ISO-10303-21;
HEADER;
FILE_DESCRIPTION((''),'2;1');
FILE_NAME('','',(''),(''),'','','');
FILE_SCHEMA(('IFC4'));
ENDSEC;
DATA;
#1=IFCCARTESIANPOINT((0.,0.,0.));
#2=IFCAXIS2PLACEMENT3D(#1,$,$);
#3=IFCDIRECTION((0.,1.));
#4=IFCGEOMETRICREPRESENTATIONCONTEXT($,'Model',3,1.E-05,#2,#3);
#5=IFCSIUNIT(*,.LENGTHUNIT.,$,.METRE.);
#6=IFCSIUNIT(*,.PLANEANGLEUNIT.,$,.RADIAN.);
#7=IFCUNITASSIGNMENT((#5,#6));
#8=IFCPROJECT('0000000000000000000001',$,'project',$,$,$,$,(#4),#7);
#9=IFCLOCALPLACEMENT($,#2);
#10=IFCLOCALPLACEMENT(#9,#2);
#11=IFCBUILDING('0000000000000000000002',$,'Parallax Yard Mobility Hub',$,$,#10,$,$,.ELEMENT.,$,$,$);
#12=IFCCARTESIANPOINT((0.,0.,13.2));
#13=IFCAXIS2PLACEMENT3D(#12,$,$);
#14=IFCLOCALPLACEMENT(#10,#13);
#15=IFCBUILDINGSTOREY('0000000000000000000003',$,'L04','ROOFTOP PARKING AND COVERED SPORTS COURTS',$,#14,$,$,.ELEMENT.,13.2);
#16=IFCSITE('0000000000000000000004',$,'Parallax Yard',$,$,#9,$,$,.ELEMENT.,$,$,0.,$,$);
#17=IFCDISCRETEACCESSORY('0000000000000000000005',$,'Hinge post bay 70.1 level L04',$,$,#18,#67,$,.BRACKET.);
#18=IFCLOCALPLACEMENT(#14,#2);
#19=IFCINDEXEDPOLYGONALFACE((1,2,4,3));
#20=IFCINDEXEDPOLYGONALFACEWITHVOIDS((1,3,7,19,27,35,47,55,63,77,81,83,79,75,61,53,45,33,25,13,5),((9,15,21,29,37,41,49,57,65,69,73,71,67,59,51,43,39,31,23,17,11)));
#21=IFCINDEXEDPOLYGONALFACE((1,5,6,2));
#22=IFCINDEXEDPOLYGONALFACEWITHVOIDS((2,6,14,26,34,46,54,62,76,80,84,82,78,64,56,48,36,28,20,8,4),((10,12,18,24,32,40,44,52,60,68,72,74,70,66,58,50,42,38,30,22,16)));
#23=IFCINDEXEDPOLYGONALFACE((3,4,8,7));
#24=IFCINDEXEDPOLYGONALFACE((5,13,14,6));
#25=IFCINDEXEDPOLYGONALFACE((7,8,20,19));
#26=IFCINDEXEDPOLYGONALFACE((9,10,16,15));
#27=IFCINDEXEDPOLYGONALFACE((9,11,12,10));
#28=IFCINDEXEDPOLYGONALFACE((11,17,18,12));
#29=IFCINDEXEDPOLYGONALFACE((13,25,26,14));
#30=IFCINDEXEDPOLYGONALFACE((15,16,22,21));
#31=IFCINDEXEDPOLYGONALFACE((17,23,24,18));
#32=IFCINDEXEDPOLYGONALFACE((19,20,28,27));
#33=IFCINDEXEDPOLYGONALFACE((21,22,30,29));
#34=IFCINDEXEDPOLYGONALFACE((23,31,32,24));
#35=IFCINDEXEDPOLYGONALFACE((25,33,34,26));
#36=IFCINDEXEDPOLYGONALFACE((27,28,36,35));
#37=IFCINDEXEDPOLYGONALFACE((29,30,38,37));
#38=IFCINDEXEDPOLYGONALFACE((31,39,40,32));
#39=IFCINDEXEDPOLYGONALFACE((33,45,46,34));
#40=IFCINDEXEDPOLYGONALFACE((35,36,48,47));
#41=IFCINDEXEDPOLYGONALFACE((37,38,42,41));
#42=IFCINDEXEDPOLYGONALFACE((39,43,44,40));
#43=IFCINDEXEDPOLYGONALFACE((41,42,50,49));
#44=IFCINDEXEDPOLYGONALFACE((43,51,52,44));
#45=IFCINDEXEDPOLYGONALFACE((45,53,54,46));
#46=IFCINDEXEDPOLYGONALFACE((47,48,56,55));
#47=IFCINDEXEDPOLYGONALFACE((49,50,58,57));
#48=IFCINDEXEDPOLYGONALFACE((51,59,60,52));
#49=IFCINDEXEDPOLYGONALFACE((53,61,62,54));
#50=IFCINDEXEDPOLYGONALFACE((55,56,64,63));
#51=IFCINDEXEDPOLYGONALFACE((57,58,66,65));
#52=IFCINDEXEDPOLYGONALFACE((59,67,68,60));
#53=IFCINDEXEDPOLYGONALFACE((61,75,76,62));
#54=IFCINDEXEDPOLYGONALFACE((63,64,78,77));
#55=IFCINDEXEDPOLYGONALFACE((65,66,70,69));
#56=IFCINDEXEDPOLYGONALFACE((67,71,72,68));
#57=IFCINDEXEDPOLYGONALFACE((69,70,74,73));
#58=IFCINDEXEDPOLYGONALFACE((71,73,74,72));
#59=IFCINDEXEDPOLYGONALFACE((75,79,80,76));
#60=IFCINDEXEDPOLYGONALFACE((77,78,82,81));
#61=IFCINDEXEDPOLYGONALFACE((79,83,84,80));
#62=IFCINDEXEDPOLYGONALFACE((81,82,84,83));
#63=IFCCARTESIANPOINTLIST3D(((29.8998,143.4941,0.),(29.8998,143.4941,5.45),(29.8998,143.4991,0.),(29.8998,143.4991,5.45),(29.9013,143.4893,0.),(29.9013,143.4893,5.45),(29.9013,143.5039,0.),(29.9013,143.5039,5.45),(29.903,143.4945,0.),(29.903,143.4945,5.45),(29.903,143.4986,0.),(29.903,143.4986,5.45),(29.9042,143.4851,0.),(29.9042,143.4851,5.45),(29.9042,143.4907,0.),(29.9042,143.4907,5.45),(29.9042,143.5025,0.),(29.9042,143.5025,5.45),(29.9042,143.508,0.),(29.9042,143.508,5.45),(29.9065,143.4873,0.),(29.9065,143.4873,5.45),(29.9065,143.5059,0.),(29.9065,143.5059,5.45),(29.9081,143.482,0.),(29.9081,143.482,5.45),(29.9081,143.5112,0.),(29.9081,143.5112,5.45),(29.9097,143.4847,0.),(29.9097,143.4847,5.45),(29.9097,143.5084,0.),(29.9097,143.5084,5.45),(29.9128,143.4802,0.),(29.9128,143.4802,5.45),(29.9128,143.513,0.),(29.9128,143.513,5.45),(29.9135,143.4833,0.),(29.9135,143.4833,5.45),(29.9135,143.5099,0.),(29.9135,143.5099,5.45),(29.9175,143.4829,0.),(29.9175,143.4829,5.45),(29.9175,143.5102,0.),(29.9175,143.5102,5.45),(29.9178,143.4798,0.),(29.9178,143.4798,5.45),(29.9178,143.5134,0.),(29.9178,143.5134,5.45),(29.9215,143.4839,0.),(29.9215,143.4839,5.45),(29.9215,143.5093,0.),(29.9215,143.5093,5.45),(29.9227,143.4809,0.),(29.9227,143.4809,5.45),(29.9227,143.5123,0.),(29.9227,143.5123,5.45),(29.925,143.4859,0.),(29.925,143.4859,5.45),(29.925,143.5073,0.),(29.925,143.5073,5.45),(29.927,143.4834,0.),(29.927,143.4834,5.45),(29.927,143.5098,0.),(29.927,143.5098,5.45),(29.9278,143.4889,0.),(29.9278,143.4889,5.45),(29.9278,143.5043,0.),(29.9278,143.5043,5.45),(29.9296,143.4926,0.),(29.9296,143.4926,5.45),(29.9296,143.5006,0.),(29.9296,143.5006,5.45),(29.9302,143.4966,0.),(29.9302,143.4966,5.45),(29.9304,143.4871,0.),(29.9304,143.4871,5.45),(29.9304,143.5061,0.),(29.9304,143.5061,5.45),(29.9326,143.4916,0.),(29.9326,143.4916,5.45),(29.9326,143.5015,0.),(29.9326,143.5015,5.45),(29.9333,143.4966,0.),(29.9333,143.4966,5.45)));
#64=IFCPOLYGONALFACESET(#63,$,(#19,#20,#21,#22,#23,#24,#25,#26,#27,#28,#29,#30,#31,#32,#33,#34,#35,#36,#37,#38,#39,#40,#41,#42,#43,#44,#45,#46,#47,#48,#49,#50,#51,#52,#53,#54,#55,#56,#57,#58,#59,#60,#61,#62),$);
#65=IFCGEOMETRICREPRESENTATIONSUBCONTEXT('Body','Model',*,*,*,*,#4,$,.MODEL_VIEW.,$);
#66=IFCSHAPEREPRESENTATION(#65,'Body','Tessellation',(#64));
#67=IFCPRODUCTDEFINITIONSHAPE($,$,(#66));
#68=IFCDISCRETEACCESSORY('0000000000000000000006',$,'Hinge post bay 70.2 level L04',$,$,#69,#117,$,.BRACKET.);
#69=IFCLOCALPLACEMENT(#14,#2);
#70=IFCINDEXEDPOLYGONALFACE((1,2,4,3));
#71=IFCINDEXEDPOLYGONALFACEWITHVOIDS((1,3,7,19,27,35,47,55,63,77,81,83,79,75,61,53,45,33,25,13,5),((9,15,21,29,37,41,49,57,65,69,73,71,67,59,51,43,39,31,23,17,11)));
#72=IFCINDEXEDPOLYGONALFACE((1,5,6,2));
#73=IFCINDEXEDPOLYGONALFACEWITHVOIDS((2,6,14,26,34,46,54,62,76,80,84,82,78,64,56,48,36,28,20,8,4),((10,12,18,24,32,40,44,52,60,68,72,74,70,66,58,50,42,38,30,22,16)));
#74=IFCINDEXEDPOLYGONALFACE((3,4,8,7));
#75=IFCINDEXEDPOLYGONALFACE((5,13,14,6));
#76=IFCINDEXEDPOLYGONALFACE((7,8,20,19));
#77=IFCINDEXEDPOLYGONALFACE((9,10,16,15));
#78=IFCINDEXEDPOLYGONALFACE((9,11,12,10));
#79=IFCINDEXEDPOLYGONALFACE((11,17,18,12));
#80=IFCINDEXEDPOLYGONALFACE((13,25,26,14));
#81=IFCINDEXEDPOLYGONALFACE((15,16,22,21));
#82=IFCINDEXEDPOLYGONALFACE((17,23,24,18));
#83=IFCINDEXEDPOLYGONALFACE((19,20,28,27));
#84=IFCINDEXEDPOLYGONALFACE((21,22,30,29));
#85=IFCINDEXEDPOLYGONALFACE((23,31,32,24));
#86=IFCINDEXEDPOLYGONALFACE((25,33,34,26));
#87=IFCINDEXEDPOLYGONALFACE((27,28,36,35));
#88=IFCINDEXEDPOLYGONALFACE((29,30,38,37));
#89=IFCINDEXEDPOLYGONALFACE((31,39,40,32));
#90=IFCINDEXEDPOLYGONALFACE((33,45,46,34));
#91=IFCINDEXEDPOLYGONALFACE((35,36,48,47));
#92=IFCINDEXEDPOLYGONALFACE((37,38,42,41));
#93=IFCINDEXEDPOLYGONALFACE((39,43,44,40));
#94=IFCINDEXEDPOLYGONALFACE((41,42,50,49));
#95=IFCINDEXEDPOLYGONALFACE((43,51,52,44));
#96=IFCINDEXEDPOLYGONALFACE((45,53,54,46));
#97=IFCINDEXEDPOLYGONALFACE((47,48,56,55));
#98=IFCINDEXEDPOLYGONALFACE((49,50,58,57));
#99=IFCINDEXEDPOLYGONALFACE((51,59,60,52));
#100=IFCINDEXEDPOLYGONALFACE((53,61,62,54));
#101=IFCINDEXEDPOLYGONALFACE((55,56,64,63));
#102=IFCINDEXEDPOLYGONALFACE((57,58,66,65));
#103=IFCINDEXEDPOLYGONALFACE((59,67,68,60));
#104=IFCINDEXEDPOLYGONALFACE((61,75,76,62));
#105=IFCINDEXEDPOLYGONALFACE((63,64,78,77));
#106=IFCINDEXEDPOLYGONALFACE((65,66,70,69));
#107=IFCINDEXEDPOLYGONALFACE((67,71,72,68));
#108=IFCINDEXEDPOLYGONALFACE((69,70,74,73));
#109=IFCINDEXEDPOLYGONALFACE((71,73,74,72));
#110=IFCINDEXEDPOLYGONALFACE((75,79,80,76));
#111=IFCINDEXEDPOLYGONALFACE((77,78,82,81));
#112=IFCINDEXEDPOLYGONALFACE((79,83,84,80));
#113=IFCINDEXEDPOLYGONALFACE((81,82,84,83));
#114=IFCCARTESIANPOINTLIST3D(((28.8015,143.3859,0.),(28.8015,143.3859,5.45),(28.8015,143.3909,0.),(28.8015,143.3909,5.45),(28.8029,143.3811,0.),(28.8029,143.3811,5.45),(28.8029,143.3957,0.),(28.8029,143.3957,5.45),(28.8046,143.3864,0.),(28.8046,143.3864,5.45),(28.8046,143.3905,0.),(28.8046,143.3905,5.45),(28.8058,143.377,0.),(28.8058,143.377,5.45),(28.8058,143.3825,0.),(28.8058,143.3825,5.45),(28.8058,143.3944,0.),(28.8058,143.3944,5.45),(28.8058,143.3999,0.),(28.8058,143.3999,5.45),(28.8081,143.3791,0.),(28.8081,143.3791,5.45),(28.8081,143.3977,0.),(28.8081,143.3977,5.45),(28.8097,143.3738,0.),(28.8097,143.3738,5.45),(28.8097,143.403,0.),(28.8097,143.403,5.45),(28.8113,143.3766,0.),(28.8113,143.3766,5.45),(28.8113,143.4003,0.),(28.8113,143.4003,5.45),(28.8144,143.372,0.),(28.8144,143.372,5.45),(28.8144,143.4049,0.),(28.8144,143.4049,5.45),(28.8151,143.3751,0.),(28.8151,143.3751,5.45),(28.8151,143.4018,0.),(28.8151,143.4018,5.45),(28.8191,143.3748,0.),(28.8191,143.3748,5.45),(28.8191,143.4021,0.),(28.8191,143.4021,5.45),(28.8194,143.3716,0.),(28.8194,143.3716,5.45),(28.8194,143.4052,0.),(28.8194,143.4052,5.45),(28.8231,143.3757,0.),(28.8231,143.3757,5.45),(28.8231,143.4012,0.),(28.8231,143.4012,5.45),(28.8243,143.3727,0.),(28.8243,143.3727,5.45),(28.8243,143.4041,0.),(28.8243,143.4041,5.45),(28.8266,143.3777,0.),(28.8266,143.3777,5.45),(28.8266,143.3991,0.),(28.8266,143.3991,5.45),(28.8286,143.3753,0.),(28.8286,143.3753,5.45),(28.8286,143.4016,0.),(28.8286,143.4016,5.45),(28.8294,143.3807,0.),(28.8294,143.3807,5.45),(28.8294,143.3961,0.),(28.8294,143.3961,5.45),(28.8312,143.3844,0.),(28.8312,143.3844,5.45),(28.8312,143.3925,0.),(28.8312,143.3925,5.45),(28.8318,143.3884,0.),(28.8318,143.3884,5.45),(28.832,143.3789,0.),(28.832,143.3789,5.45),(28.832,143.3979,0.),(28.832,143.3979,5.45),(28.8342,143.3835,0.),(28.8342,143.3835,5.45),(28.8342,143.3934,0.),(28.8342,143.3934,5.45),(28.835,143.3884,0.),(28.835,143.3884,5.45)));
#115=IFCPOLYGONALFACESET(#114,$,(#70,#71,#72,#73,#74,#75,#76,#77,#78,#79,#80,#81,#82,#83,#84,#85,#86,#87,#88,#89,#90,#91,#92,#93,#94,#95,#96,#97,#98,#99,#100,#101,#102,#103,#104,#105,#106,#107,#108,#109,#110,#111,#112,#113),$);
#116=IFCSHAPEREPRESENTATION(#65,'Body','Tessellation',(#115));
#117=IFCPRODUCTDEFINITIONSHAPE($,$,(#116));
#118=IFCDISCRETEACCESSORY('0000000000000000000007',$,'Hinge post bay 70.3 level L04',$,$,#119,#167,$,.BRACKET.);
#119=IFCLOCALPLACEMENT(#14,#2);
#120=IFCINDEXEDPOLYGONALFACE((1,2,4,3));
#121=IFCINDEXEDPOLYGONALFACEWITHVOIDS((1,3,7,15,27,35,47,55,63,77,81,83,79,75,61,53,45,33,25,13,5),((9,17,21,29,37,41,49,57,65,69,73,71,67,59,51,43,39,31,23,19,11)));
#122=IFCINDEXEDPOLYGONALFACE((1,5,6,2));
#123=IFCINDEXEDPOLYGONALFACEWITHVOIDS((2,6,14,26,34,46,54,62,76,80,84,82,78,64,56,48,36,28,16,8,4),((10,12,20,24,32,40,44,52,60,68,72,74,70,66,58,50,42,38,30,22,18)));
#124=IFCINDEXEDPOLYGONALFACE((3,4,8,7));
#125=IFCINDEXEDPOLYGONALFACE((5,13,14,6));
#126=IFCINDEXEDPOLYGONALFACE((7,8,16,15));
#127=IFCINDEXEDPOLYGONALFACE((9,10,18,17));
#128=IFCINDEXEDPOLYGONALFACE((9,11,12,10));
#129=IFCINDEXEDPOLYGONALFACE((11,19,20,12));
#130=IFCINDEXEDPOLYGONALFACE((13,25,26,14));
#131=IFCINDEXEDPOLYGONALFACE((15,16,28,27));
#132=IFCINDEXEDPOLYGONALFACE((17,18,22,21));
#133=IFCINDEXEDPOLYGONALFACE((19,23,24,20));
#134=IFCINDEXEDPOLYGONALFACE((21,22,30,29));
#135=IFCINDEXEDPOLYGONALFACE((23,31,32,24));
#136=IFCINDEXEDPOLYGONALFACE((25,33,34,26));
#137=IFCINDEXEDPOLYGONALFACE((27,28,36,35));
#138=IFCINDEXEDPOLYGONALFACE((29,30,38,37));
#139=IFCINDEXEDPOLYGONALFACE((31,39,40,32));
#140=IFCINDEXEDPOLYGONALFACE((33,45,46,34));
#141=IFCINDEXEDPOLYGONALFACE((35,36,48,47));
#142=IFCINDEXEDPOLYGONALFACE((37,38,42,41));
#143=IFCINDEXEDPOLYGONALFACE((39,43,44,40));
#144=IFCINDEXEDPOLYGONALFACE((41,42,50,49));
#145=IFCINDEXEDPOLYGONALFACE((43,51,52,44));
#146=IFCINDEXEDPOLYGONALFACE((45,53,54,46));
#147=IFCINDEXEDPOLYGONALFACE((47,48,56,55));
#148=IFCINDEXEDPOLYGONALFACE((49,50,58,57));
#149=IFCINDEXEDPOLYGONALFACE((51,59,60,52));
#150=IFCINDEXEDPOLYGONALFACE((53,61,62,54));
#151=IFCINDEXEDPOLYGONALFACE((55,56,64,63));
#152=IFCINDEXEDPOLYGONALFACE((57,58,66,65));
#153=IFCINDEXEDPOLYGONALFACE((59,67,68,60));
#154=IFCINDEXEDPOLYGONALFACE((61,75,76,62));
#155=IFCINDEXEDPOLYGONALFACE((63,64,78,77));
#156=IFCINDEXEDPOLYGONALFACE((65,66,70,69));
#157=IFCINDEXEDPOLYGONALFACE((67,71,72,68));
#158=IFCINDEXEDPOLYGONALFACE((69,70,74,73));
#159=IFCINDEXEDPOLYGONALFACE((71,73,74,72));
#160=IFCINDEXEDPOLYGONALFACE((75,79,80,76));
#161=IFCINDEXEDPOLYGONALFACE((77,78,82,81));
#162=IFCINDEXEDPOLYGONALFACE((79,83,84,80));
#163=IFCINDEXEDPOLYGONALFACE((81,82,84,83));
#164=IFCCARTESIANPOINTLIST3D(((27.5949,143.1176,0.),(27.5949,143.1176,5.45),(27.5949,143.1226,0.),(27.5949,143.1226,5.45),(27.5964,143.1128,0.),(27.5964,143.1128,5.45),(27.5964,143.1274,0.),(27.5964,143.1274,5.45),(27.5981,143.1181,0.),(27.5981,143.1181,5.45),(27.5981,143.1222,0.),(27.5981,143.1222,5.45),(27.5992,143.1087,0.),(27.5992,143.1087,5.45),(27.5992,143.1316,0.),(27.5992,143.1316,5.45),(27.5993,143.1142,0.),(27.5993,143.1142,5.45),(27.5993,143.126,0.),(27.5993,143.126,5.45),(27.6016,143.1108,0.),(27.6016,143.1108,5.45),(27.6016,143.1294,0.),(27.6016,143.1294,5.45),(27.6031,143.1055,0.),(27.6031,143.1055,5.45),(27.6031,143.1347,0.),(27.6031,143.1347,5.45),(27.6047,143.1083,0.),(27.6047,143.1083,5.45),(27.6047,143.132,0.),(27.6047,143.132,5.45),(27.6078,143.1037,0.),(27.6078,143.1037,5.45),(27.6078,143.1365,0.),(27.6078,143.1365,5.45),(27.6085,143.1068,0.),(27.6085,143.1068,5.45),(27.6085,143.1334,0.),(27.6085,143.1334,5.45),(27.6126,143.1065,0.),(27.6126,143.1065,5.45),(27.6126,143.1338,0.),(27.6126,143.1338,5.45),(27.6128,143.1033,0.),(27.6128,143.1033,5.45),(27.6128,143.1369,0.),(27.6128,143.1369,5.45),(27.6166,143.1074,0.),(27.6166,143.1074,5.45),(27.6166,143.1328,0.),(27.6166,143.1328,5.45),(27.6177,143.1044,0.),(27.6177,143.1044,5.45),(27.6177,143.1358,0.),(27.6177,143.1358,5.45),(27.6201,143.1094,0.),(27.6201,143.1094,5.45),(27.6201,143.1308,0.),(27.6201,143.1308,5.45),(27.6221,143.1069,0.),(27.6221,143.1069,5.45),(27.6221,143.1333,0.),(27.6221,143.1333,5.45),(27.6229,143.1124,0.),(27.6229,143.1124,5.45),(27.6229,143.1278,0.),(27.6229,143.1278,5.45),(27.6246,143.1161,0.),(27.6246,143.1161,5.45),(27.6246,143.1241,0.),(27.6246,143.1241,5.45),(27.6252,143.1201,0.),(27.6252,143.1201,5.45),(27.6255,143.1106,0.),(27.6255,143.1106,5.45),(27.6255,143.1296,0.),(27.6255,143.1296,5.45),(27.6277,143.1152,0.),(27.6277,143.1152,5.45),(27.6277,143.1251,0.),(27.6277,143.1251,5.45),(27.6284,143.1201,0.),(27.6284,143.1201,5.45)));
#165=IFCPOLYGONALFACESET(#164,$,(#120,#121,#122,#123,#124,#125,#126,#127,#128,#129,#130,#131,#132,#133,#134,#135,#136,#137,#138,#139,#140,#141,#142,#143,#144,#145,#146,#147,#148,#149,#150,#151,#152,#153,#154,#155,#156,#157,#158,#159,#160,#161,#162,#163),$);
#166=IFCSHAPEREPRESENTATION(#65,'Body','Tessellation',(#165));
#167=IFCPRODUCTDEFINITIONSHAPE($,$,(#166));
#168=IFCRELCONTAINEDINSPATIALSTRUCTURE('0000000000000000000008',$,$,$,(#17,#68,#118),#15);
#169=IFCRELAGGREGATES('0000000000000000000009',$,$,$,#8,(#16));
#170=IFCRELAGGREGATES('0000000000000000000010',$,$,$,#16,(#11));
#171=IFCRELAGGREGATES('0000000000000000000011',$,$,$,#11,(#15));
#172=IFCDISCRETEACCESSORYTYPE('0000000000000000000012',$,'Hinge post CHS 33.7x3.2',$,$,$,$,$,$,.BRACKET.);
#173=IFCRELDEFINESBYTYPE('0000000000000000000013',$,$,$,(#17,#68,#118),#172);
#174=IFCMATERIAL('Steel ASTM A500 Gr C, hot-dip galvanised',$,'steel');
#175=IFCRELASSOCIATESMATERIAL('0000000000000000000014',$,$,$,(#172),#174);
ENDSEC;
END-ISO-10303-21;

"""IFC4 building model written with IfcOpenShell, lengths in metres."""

from ifc_helpers import new_model, si_unit, direction, frame, origin, origin_2d, place, context, subcontext, project, spatial, hollow_circle, extrude, material, material_profile, profile_set, type_object, element, save


model = new_model("IFC4")

# Units and contexts
model_context = context("Model", 3, precision=1e-05, world=origin(), true_north=direction((0.0, 1.0)))
body_context = subcontext(model_context, "Body", "Model", "MODEL_VIEW")
ifc_project = project(units=[si_unit("LENGTHUNIT", "METRE"), si_unit("PLANEANGLEUNIT", "RADIAN")], contexts=[model_context])

# Site, building, storey
site_placement = place(None, origin())
site = spatial("IfcSite", under=ifc_project, at=site_placement, Name="Parallax Yard", CompositionType="ELEMENT", RefElevation=0.0)
building_placement = place(site_placement, origin())
building = spatial("IfcBuilding", under=site, at=building_placement, Name="Parallax Yard Mobility Hub", CompositionType="ELEMENT")
storey_placement = place(building_placement, frame((0.0, 0.0, 13.2)))
storey = spatial("IfcBuildingStorey", under=building, at=storey_placement, Name="L04", Description="ROOFTOP PARKING AND COVERED SPORTS COURTS", CompositionType="ELEMENT", Elevation=13.2)

# Discrete accessories
ifc_material_1 = material(Name="Steel ASTM A500 Gr C, hot-dip galvanised", Category="steel")
ifc_material_profile = material_profile(ifc_material_1, hollow_circle(Radius=0.0168, WallThickness=0.0032, at=origin_2d()), Name="CHS 33.7x3.2")
ifc_profile_set = profile_set([ifc_material_profile], Name="Steel ASTM A500 Gr C, hot-dip galvanised")
discrete_accessory_type_1 = type_object("IfcDiscreteAccessoryType", Name="Hinge post CHS 33.7x3.2", PredefinedType="BRACKET", material=ifc_profile_set)
for number, where, z_axis, x_axis, name in (
    (1, (29.9165, 143.4966, 0.0), (0.0, 0.0, 1.0), (1.0, 0.0, 0.0), "Hinge post bay 70.1 level L04"),
    (2, (28.8181, 143.3884, 0.0), (0.0, 0.0, 1.0), (1.0, 0.0, 0.0), "Hinge post bay 70.2 level L04"),
    (3, (27.6116, 143.1201, 0.0), (0.0, 0.0, 1.0), (1.0, 0.0, 0.0), "Hinge post bay 70.3 level L04"),
):
    element("IfcDiscreteAccessory", number, at=place(storey_placement, frame(where, z_axis=z_axis, x_axis=x_axis)), inside=storey, type_object=discrete_accessory_type_1, Name=name, PredefinedType="BRACKET", context=body_context, shape_type="SweptSolid", body=[
        extrude(hollow_circle(Radius=0.0168, WallThickness=0.0032, at=origin_2d()), origin(), (0.0, 0.0, 1.0), 5.45),
    ])

save(model, "model.ifc")
